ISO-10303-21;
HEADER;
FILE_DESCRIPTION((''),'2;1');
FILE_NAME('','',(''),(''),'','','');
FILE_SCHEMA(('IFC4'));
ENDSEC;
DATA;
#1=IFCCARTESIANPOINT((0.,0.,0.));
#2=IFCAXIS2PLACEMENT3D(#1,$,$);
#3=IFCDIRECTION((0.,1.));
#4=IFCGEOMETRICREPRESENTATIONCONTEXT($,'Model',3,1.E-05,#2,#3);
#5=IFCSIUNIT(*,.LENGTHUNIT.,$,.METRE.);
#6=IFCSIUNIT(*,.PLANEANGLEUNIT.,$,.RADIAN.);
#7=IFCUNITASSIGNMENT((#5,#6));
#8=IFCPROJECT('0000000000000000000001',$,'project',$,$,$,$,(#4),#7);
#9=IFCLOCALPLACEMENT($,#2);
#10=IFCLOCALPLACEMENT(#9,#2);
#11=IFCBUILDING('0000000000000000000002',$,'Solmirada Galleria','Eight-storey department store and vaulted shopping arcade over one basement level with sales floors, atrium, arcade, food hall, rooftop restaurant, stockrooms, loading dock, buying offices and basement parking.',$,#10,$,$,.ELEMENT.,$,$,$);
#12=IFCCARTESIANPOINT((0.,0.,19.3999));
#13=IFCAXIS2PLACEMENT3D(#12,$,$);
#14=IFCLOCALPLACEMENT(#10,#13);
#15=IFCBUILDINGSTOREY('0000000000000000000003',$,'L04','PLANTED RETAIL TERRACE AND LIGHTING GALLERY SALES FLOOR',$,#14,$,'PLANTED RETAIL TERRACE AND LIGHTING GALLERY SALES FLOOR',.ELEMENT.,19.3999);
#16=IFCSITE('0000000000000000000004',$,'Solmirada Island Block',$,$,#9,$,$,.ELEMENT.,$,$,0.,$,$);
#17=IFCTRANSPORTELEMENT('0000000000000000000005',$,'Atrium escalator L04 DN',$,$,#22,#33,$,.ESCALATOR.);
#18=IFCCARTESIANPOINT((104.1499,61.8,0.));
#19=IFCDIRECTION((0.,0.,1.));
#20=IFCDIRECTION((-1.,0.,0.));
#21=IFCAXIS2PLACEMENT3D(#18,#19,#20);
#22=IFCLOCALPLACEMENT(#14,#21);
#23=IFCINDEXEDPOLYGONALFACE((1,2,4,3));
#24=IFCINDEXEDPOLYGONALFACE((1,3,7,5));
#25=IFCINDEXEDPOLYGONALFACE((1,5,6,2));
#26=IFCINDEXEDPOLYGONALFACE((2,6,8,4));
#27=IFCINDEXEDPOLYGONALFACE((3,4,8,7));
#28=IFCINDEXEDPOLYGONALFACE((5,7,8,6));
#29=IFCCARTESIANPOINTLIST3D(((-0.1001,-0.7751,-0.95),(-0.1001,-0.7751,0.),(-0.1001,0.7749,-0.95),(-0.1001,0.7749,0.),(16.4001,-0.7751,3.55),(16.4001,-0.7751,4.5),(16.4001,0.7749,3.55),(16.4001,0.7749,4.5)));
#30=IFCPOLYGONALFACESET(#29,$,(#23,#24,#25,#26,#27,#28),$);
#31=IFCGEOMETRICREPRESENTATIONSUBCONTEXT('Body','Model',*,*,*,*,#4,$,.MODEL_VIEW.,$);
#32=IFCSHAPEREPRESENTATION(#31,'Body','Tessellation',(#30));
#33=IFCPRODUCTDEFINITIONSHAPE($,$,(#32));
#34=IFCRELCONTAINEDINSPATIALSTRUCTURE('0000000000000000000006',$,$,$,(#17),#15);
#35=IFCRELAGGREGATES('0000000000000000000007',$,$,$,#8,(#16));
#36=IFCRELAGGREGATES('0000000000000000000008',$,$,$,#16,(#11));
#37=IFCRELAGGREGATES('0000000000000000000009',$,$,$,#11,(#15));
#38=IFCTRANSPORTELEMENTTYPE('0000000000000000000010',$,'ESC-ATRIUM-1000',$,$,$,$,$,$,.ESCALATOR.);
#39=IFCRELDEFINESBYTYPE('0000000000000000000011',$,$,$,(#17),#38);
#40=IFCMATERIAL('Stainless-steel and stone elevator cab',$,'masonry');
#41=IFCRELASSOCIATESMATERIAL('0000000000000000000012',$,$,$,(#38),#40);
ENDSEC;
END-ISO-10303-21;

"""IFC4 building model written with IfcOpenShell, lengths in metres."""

from ifc_helpers import new_model, si_unit, direction, frame, origin, place, context, subcontext, project, spatial, polyline, outline, extrude, material, type_object, element, save


model = new_model("IFC4")

# Units and contexts
model_context = context("Model", 3, precision=1e-05, world=origin(), true_north=direction((0.0, 1.0)))
body_context = subcontext(model_context, "Body", "Model", "MODEL_VIEW")
ifc_project = project(units=[si_unit("LENGTHUNIT", "METRE"), si_unit("PLANEANGLEUNIT", "RADIAN")], contexts=[model_context])

# Site, building, storey
site_placement = place(None, origin())
site = spatial("IfcSite", under=ifc_project, at=site_placement, Name="Solmirada Island Block", CompositionType="ELEMENT", RefElevation=0.0)
building_placement = place(site_placement, origin())
building = spatial("IfcBuilding", under=site, at=building_placement, Name="Solmirada Galleria", Description="Eight-storey department store and vaulted shopping arcade over one basement level with sales floors, atrium, arcade, food hall, rooftop restaurant, stockrooms, loading dock, buying offices and basement parking.", CompositionType="ELEMENT")
storey_placement = place(building_placement, frame((0.0, 0.0, 19.3999)))
storey = spatial("IfcBuildingStorey", under=building, at=storey_placement, Name="L04", Description="PLANTED RETAIL TERRACE AND LIGHTING GALLERY SALES FLOOR", LongName="PLANTED RETAIL TERRACE AND LIGHTING GALLERY SALES FLOOR", CompositionType="ELEMENT", Elevation=19.3999)

# Transport element
ifc_material_1 = material(Name="Stainless-steel and stone elevator cab", Category="masonry")
transport_element_type = type_object("IfcTransportElementType", Name="ESC-ATRIUM-1000", PredefinedType="ESCALATOR", material=ifc_material_1)
transport_element_placement = place(storey_placement, frame((104.1499, 61.8, 0.0), z_axis=(0.0, 0.0, 1.0), x_axis=(-1.0, 0.0, 0.0)))
element("IfcTransportElement", 1, at=transport_element_placement, inside=storey, type_object=transport_element_type, Name="Atrium escalator L04 DN", PredefinedType="ESCALATOR", context=body_context, shape_type="SweptSolid", body=[
    extrude(outline(polyline([(-0.1001, 0.0), (16.4001, 4.5), (16.4001, 3.55), (-0.1001, -0.95), (-0.1001, 0.0)])), frame((0.0, 0.7749, 0.0), z_axis=(0.0, -1.0, 0.0), x_axis=(1.0, 0.0, 0.0)), (0.0, 0.0, 1.0), 1.55),
])

save(model, "model.ifc")
